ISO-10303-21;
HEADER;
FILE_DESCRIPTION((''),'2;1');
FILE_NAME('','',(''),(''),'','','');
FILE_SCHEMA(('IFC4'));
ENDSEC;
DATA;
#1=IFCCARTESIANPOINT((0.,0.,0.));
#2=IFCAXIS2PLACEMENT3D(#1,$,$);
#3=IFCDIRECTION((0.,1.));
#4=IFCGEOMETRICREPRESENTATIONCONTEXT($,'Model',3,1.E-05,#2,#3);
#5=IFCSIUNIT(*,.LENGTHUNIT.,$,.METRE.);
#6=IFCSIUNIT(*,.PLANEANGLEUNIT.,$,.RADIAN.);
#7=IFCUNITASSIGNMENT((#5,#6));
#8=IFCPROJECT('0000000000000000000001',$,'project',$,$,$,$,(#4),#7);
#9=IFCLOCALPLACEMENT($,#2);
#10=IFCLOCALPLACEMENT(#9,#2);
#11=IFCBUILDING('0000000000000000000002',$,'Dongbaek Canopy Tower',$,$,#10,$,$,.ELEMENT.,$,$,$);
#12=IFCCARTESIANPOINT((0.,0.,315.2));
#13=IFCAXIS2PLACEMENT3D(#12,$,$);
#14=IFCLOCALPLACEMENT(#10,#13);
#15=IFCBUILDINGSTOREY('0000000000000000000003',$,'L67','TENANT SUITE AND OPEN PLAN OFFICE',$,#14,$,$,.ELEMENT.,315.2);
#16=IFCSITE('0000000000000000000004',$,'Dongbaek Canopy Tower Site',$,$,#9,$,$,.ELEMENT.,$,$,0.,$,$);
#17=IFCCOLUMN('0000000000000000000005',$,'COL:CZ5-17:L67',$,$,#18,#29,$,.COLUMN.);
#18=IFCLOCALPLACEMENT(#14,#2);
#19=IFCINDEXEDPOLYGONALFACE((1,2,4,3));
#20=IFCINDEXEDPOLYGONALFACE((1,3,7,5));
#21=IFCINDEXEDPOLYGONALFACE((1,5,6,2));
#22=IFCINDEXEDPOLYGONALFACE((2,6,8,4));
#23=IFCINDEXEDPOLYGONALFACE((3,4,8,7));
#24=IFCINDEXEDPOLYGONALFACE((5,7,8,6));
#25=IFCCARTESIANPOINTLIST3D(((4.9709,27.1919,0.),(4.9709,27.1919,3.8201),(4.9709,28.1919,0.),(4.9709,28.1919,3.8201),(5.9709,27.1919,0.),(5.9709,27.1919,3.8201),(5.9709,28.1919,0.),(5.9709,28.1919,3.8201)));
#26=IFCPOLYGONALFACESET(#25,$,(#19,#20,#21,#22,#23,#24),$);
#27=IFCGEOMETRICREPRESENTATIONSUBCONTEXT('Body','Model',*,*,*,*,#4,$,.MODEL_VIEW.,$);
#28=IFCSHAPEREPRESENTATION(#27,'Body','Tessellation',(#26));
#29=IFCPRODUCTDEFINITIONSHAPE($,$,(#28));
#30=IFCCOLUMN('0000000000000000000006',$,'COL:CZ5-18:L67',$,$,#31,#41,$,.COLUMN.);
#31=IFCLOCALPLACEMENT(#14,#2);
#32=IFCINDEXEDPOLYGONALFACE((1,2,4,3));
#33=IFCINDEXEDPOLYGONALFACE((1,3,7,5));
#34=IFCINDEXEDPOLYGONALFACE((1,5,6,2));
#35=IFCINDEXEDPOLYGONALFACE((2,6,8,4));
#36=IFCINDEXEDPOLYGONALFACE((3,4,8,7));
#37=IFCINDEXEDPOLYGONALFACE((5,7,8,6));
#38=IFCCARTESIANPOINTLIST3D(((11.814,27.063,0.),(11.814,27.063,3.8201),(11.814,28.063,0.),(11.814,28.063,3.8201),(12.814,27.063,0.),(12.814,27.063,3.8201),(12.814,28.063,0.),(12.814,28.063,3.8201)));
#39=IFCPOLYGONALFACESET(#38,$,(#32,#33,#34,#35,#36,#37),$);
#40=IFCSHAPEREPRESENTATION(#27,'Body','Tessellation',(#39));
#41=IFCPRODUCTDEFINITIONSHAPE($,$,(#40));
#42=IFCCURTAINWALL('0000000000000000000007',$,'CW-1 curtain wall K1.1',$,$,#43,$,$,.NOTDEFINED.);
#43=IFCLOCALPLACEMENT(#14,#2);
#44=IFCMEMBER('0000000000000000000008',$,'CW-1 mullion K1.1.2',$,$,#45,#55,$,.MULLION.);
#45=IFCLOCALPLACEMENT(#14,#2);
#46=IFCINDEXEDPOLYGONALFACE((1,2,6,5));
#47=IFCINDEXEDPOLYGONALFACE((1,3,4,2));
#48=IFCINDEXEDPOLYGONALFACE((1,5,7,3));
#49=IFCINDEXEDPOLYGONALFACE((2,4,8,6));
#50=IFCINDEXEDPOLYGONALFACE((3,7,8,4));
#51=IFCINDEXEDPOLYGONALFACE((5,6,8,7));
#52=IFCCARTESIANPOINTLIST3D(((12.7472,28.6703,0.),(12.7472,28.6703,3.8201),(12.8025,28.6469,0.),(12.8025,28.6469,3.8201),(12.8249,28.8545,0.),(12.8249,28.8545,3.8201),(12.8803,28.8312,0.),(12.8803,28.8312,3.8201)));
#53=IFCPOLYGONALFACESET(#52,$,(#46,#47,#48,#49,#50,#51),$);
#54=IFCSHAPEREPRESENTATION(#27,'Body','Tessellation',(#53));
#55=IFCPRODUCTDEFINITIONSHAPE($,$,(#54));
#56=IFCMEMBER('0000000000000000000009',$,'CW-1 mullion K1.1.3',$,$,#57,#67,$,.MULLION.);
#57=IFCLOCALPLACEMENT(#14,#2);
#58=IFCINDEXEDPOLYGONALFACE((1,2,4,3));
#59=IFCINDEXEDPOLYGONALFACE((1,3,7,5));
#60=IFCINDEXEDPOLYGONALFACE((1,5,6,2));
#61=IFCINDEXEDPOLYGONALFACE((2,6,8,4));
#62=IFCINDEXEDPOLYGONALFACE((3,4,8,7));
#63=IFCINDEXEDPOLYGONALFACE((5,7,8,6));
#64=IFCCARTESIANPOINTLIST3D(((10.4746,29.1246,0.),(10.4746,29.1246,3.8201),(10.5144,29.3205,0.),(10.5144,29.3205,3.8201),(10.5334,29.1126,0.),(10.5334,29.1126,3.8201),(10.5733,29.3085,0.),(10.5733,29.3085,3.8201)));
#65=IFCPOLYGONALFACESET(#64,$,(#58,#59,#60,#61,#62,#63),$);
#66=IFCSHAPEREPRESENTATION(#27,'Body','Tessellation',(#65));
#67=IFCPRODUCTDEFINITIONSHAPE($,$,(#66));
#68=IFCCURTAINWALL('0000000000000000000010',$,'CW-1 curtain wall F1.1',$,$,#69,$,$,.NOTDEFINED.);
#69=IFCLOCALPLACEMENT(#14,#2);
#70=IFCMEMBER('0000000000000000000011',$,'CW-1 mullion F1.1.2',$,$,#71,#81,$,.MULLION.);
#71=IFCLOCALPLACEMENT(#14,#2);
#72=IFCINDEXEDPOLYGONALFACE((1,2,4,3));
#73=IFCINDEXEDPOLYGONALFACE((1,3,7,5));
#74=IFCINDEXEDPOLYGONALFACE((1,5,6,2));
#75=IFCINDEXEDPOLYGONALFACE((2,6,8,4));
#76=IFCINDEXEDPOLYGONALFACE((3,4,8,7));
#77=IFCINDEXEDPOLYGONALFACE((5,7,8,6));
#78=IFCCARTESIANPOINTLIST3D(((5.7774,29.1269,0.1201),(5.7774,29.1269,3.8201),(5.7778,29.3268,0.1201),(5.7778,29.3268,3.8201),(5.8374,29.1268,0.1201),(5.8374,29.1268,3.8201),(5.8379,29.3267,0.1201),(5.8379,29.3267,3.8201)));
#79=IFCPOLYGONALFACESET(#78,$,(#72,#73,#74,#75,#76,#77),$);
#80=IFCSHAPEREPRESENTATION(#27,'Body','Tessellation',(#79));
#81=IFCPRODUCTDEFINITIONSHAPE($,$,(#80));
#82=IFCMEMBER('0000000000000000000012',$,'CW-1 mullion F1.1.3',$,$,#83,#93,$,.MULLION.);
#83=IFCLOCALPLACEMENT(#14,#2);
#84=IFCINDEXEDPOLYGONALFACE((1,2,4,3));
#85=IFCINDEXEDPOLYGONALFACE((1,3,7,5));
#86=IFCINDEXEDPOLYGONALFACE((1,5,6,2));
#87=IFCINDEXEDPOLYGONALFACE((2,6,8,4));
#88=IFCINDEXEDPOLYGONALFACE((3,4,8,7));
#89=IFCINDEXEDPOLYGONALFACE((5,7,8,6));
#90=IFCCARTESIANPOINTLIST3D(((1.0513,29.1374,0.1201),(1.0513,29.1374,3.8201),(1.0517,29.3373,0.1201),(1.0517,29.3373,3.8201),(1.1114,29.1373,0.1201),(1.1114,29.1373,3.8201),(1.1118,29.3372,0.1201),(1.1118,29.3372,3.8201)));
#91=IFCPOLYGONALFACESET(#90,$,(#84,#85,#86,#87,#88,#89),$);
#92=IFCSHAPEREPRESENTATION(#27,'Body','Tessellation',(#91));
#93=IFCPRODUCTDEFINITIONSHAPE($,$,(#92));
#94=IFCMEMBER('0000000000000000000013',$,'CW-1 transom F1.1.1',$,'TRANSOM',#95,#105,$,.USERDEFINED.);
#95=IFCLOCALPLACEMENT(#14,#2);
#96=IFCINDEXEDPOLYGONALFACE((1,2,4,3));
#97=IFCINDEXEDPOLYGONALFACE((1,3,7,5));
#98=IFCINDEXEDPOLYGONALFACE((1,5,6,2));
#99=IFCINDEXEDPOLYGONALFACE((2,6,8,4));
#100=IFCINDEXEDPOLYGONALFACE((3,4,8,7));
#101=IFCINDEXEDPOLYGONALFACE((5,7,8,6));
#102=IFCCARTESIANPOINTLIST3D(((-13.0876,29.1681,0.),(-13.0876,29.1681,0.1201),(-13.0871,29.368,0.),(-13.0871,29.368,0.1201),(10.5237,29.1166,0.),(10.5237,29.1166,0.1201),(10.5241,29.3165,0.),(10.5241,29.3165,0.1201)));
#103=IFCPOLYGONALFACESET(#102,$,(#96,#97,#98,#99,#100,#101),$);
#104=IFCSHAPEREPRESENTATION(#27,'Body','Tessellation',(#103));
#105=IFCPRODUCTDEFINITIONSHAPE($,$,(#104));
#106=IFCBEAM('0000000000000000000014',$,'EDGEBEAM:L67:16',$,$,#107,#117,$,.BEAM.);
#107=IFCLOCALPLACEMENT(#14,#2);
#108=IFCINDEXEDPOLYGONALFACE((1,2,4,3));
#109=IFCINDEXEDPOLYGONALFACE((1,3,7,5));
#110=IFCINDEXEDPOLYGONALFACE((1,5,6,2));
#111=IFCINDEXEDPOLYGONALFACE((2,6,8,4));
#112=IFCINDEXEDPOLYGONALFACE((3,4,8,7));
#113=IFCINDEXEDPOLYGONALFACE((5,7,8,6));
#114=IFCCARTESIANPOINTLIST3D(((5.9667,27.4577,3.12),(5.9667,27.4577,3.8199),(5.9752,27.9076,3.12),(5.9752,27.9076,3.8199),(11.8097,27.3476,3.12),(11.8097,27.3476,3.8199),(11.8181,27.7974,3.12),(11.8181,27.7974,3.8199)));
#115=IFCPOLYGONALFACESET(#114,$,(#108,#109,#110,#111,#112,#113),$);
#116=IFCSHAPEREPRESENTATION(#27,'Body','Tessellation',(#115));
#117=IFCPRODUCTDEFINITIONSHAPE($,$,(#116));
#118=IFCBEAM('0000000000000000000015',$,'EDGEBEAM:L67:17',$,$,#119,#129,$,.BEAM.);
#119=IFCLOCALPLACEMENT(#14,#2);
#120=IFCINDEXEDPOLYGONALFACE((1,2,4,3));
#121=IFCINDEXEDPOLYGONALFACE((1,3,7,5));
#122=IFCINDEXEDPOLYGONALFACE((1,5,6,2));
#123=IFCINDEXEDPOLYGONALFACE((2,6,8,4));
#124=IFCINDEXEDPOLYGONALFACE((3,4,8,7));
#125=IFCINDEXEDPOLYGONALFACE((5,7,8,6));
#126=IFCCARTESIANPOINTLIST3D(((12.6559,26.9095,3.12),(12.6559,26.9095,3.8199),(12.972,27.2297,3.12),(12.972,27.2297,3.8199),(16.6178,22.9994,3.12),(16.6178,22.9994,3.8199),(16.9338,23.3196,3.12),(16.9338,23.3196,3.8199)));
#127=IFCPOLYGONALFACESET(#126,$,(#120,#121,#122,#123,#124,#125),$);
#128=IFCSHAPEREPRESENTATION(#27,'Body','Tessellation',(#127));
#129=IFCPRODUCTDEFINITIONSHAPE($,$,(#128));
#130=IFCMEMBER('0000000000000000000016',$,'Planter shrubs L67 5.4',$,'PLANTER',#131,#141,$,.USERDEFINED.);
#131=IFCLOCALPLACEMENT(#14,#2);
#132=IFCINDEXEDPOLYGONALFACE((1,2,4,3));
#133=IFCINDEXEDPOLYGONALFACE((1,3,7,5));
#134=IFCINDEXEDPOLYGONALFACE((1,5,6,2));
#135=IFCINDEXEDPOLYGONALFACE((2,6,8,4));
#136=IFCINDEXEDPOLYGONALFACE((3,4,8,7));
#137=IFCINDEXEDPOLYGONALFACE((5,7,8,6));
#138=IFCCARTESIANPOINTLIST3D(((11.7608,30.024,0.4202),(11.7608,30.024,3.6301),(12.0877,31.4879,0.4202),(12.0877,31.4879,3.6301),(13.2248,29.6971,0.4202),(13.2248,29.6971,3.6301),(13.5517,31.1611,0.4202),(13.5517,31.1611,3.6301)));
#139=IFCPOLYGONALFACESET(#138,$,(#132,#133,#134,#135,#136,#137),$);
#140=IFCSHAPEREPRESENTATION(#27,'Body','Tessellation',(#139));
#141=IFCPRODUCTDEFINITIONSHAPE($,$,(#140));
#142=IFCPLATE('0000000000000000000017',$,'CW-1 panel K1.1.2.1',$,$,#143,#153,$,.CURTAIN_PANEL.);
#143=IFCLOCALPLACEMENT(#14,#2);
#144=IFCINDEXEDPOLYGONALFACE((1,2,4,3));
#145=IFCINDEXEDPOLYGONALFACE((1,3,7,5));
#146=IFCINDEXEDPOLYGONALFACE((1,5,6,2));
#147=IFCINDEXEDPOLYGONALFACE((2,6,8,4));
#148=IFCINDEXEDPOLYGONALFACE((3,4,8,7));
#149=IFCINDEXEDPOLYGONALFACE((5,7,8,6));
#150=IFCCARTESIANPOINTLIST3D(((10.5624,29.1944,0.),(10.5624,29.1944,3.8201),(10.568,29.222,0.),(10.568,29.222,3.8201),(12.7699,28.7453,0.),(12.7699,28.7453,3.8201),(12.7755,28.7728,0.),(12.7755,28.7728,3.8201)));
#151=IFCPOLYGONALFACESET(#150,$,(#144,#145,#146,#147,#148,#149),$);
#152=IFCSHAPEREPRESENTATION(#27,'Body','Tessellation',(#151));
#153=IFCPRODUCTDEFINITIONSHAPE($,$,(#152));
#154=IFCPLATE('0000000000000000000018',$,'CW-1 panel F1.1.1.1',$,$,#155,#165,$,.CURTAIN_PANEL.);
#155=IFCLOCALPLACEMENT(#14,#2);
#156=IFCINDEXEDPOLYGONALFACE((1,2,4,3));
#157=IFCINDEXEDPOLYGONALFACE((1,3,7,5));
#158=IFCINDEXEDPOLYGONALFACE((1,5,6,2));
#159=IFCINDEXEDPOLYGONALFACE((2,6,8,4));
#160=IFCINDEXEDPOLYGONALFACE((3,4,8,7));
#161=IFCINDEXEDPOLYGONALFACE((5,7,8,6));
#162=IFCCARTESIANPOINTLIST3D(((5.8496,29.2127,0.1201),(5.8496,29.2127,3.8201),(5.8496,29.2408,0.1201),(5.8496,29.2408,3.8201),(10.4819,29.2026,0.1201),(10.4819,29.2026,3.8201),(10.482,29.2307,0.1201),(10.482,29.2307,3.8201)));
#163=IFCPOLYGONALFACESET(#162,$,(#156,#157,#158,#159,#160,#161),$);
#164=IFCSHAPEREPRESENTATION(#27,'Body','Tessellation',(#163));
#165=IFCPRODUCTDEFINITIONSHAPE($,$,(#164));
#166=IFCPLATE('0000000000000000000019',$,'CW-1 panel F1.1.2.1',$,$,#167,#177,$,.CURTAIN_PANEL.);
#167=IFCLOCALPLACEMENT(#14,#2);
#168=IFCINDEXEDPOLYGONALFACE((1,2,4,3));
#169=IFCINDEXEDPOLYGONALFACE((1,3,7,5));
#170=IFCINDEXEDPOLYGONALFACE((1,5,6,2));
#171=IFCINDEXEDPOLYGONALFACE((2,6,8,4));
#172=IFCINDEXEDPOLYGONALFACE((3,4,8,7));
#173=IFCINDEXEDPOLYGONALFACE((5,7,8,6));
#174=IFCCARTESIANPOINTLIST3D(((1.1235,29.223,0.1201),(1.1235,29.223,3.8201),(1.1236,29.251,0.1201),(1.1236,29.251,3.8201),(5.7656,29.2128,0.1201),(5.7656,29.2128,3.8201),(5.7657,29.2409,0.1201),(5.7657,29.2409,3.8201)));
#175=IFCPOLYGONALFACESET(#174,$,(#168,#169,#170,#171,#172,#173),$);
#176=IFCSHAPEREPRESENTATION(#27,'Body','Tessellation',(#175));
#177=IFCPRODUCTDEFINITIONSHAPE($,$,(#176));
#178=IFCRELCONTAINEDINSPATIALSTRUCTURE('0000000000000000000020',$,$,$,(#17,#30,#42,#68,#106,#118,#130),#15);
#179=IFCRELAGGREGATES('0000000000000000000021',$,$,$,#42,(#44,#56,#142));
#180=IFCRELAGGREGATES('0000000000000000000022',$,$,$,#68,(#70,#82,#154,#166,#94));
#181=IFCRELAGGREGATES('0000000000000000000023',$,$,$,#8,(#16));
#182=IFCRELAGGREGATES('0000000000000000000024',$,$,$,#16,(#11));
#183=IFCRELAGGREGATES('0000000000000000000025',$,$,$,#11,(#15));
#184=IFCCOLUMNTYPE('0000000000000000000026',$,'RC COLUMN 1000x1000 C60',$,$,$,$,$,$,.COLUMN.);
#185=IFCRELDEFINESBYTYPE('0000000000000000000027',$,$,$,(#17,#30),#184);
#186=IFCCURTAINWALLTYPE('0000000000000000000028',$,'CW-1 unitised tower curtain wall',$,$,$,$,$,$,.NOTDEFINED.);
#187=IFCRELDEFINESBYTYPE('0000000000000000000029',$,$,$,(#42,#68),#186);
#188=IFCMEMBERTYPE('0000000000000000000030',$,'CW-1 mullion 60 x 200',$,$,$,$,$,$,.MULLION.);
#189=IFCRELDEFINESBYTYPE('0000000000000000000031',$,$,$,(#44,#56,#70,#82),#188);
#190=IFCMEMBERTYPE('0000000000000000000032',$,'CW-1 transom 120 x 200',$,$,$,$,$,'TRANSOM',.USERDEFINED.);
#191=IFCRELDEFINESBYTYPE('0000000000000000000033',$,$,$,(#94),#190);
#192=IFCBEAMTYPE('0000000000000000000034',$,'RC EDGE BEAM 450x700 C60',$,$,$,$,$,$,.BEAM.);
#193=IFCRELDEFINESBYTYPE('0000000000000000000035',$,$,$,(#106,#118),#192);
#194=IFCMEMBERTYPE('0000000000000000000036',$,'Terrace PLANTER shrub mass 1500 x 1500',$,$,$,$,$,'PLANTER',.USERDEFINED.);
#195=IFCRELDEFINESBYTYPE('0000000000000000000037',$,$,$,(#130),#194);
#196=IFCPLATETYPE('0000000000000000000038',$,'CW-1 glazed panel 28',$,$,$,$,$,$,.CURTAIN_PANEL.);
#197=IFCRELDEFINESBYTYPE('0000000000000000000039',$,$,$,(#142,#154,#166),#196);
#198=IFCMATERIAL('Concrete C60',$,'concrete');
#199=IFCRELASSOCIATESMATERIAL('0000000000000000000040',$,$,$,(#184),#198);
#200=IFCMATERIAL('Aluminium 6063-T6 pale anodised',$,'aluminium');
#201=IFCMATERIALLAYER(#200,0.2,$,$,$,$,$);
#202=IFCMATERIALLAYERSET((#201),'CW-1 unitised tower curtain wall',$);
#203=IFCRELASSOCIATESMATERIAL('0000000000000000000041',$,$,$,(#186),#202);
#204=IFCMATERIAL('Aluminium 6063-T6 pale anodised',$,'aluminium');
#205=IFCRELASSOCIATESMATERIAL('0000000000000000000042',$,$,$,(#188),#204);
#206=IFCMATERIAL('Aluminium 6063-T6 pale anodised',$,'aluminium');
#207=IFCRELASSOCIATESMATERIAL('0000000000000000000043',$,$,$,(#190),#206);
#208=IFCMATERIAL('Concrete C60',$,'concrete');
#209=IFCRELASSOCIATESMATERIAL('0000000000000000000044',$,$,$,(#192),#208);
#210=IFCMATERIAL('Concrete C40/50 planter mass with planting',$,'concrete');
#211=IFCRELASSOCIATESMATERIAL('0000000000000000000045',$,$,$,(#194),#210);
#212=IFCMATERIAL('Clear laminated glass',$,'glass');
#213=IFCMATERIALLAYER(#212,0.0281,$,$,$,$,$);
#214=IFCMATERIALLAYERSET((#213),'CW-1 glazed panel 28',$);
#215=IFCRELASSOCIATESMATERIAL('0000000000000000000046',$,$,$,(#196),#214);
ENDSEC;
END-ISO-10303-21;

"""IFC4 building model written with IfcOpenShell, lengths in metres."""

from ifc_helpers import new_model, si_unit, direction, frame, origin, origin_2d, place, context, subcontext, project, spatial, rectangle, extrude, material, layer, layer_set, material_profile, profile_set, type_object, element, aggregate, save


model = new_model("IFC4")

# Units and contexts
model_context = context("Model", 3, precision=1e-05, world=origin(), true_north=direction((0.0, 1.0)))
body_context = subcontext(model_context, "Body", "Model", "MODEL_VIEW")
ifc_project = project(units=[si_unit("LENGTHUNIT", "METRE"), si_unit("PLANEANGLEUNIT", "RADIAN")], contexts=[model_context])

# Site, building, storey
site_placement = place(None, origin())
site = spatial("IfcSite", under=ifc_project, at=site_placement, Name="Dongbaek Canopy Tower Site", CompositionType="ELEMENT", RefElevation=0.0)
building_placement = place(site_placement, origin())
building = spatial("IfcBuilding", under=site, at=building_placement, Name="Dongbaek Canopy Tower", CompositionType="ELEMENT")
storey_placement = place(building_placement, frame((0.0, 0.0, 315.2)))
storey = spatial("IfcBuildingStorey", under=building, at=storey_placement, Name="L67", Description="TENANT SUITE AND OPEN PLAN OFFICE", CompositionType="ELEMENT", Elevation=315.2)

# Columns
ifc_material_1 = material(Name="Concrete C60", Category="concrete")
ifc_material_profile_1 = material_profile(ifc_material_1, rectangle(XDim=1.0, YDim=1.0, at=origin_2d()), Name="RC COLUMN 1000x1000 C60")
ifc_profile_set_1 = profile_set([ifc_material_profile_1], Name="Concrete C60")
column_type = type_object("IfcColumnType", Name="RC COLUMN 1000x1000 C60", PredefinedType="COLUMN", material=ifc_profile_set_1)
for number, where, z_axis, x_axis, name in (
    (1, (5.4709, 27.6919, 0.0), (0.0, 0.0, 1.0), (1.0, 0.0, 0.0), "COL:CZ5-17:L67"),
    (2, (12.314, 27.563, 0.0), (0.0, 0.0, 1.0), (1.0, 0.0, 0.0), "COL:CZ5-18:L67"),
):
    element("IfcColumn", number, at=place(storey_placement, frame(where, z_axis=z_axis, x_axis=x_axis)), inside=storey, type_object=column_type, Name=name, PredefinedType="COLUMN", context=body_context, shape_type="SweptSolid", body=[
        extrude(rectangle(XDim=1.0, YDim=1.0, at=origin_2d()), origin(), (0.0, 0.0, 1.0), 3.8201),
    ])

# Curtain walls, members
ifc_material_2 = material(Name="Aluminium 6063-T6 pale anodised", Category="aluminium")
ifc_layer_1 = layer(ifc_material_2, 0.2)
ifc_layer_set_1 = layer_set([ifc_layer_1], Name="CW-1 unitised tower curtain wall")
curtain_wall_type = type_object("IfcCurtainWallType", Name="CW-1 unitised tower curtain wall", PredefinedType="NOTDEFINED", material=ifc_layer_set_1)
curtain_wall_1_placement = place(storey_placement, origin())
curtain_wall_1 = element("IfcCurtainWall", 3, at=curtain_wall_1_placement, inside=storey, type_object=curtain_wall_type, Name="CW-1 curtain wall K1.1", PredefinedType="NOTDEFINED")
ifc_material_3 = material(Name="Aluminium 6063-T6 pale anodised", Category="aluminium")
ifc_material_profile_2 = material_profile(ifc_material_3, rectangle(XDim=0.2, YDim=0.0601, at=origin_2d()), Name="CW-1 mullion 60 x 200")
ifc_profile_set_2 = profile_set([ifc_material_profile_2], Name="Aluminium 6063-T6 pale anodised")
member_type_1 = type_object("IfcMemberType", Name="CW-1 mullion 60 x 200", PredefinedType="MULLION", material=ifc_profile_set_2)
member_1_placement = place(storey_placement, frame((12.8137, 28.7507, 0.0), z_axis=(0.0, 0.0, 1.0), x_axis=(0.388723, 0.921355, 0.0)))
member_1 = element("IfcMember", 4, at=member_1_placement, type_object=member_type_1, Name="CW-1 mullion K1.1.2", PredefinedType="MULLION", context=body_context, shape_type="SweptSolid", body=[
    extrude(rectangle(XDim=0.2, YDim=0.0601, at=origin_2d()), origin(), (0.0, 0.0, 1.0), 3.8201),
])
member_2_placement = place(storey_placement, frame((10.5239, 29.2166, 0.0), z_axis=(0.0, 0.0, 1.0), x_axis=(0.199368, 0.979925, 0.0)))
member_2 = element("IfcMember", 5, at=member_2_placement, type_object=member_type_1, Name="CW-1 mullion K1.1.3", PredefinedType="MULLION", context=body_context, shape_type="SweptSolid", body=[
    extrude(rectangle(XDim=0.2, YDim=0.0601, at=origin_2d()), origin(), (0.0, 0.0, 1.0), 3.8201),
])
curtain_wall_2_placement = place(storey_placement, origin())
curtain_wall_2 = element("IfcCurtainWall", 6, at=curtain_wall_2_placement, inside=storey, type_object=curtain_wall_type, Name="CW-1 curtain wall F1.1", PredefinedType="NOTDEFINED")
member_3_placement = place(storey_placement, frame((5.8076, 29.2268, 0.1201), z_axis=(0.0, 0.0, 1.0), x_axis=(0.00218, 0.999998, 0.0)))
member_3 = element("IfcMember", 7, at=member_3_placement, type_object=member_type_1, Name="CW-1 mullion F1.1.2", PredefinedType="MULLION", context=body_context, shape_type="SweptSolid", body=[
    extrude(rectangle(XDim=0.2, YDim=0.0601, at=origin_2d()), origin(), (0.0, 0.0, 1.0), 3.7),
])
member_4_placement = place(storey_placement, frame((1.0815, 29.2373, 0.1201), z_axis=(0.0, 0.0, 1.0), x_axis=(0.00218, 0.999998, 0.0)))
member_4 = element("IfcMember", 8, at=member_4_placement, type_object=member_type_1, Name="CW-1 mullion F1.1.3", PredefinedType="MULLION", context=body_context, shape_type="SweptSolid", body=[
    extrude(rectangle(XDim=0.2, YDim=0.0601, at=origin_2d()), origin(), (0.0, 0.0, 1.0), 3.7),
])
ifc_material_4 = material(Name="Aluminium 6063-T6 pale anodised", Category="aluminium")
ifc_material_profile_3 = material_profile(ifc_material_4, rectangle(XDim=0.2, YDim=0.1201, at=origin_2d()), Name="CW-1 transom 120 x 200")
ifc_profile_set_3 = profile_set([ifc_material_profile_3], Name="Aluminium 6063-T6 pale anodised")
member_type_2 = type_object("IfcMemberType", Name="CW-1 transom 120 x 200", ElementType="TRANSOM", PredefinedType="USERDEFINED", material=ifc_profile_set_3)
member_5_placement = place(storey_placement, frame((10.5239, 29.2166, 0.0601), z_axis=(-0.999998, 0.002182, 0.0), x_axis=(-0.002182, -0.999998, 0.0)))
member_5 = element("IfcMember", 9, at=member_5_placement, type_object=member_type_2, Name="CW-1 transom F1.1.1", ObjectType="TRANSOM", PredefinedType="USERDEFINED", context=body_context, shape_type="SweptSolid", body=[
    extrude(rectangle(XDim=0.2, YDim=0.1201, at=origin_2d()), origin(), (0.0, 0.0, 1.0), 23.6113),
])

# Beams
ifc_material_5 = material(Name="Concrete C60", Category="concrete")
ifc_material_profile_4 = material_profile(ifc_material_5, rectangle(XDim=0.45, YDim=0.7, at=origin_2d()), Name="RC EDGE BEAM 450x700 C60")
ifc_profile_set_4 = profile_set([ifc_material_profile_4], Name="Concrete C60")
beam_type = type_object("IfcBeamType", Name="RC EDGE BEAM 450x700 C60", PredefinedType="BEAM", material=ifc_profile_set_4)
beam_1_placement = place(storey_placement, frame((5.9709, 27.6826, 3.47), z_axis=(0.999822, -0.018841, 0.0), x_axis=(0.018841, 0.999822, 0.0)))
element("IfcBeam", 10, at=beam_1_placement, inside=storey, type_object=beam_type, Name="EDGEBEAM:L67:16", PredefinedType="BEAM", context=body_context, shape_type="SweptSolid", body=[
    extrude(rectangle(XDim=0.45, YDim=0.7, at=origin_2d()), origin(), (0.0, 0.0, 1.0), 5.844),
])
beam_2_placement = place(storey_placement, frame((12.814, 27.0696, 3.47), z_axis=(0.711741, -0.702442, 0.0), x_axis=(0.702442, 0.711741, 0.0)))
element("IfcBeam", 11, at=beam_2_placement, inside=storey, type_object=beam_type, Name="EDGEBEAM:L67:17", PredefinedType="BEAM", context=body_context, shape_type="SweptSolid", body=[
    extrude(rectangle(XDim=0.45, YDim=0.7, at=origin_2d()), origin(), (0.0, 0.0, 1.0), 5.5664),
])

# Member
ifc_material_6 = material(Name="Concrete C40/50 planter mass with planting", Category="concrete")
ifc_material_profile_5 = material_profile(ifc_material_6, rectangle(XDim=1.5, YDim=1.5, at=origin_2d()), Name="Terrace PLANTER shrub mass 1500 x 1500")
ifc_profile_set_5 = profile_set([ifc_material_profile_5], Name="Concrete C40/50 planter mass with planting")
member_type_3 = type_object("IfcMemberType", Name="Terrace PLANTER shrub mass 1500 x 1500", ElementType="PLANTER", PredefinedType="USERDEFINED", material=ifc_profile_set_5)
member_6_placement = place(storey_placement, frame((12.6562, 30.5925, 0.4202), z_axis=(0.0, 0.0, 1.0), x_axis=(0.217916, 0.975968, 0.0)))
element("IfcMember", 12, at=member_6_placement, inside=storey, type_object=member_type_3, Name="Planter shrubs L67 5.4", ObjectType="PLANTER", PredefinedType="USERDEFINED", context=body_context, shape_type="SweptSolid", body=[
    extrude(rectangle(XDim=1.5, YDim=1.5, at=origin_2d()), origin(), (0.0, 0.0, 1.0), 3.21),
])

# Plates
ifc_material_7 = material(Name="Clear laminated glass", Category="glass")
ifc_layer_2 = layer(ifc_material_7, 0.0281)
ifc_layer_set_2 = layer_set([ifc_layer_2], Name="CW-1 glazed panel 28")
plate_type = type_object("IfcPlateType", Name="CW-1 glazed panel 28", PredefinedType="CURTAIN_PANEL", material=ifc_layer_set_2)
plate_1_placement = place(storey_placement, frame((11.6689, 28.9836, 0.0), z_axis=(0.0, 0.0, 1.0), x_axis=(-0.979925, 0.199368, 0.0)))
plate_1 = element("IfcPlate", 13, at=plate_1_placement, type_object=plate_type, Name="CW-1 panel K1.1.2.1", PredefinedType="CURTAIN_PANEL", context=body_context, shape_type="SweptSolid", body=[
    extrude(rectangle(XDim=2.2527, YDim=0.0281, at=origin_2d()), origin(), (0.0, 0.0, 1.0), 3.8201),
])
aggregate(curtain_wall_1, [member_1, member_2, plate_1])
plate_2_placement = place(storey_placement, frame((8.1658, 29.2217, 0.1201), z_axis=(0.0, 0.0, 1.0), x_axis=(-0.999998, 0.00218, 0.0)))
plate_2 = element("IfcPlate", 14, at=plate_2_placement, type_object=plate_type, Name="CW-1 panel F1.1.1.1", PredefinedType="CURTAIN_PANEL", context=body_context, shape_type="SweptSolid", body=[
    extrude(rectangle(XDim=4.6323, YDim=0.0281, at=origin_2d()), origin(), (0.0, 0.0, 1.0), 3.7),
])
plate_3_placement = place(storey_placement, frame((3.4446, 29.2319, 0.1201), z_axis=(0.0, 0.0, 1.0), x_axis=(-0.999998, 0.00218, 0.0)))
plate_3 = element("IfcPlate", 15, at=plate_3_placement, type_object=plate_type, Name="CW-1 panel F1.1.2.1", PredefinedType="CURTAIN_PANEL", context=body_context, shape_type="SweptSolid", body=[
    extrude(rectangle(XDim=4.6421, YDim=0.0281, at=origin_2d()), origin(), (0.0, 0.0, 1.0), 3.7),
])

aggregate(curtain_wall_2, [member_3, member_4, plate_2, plate_3, member_5])

save(model, "model.ifc")
